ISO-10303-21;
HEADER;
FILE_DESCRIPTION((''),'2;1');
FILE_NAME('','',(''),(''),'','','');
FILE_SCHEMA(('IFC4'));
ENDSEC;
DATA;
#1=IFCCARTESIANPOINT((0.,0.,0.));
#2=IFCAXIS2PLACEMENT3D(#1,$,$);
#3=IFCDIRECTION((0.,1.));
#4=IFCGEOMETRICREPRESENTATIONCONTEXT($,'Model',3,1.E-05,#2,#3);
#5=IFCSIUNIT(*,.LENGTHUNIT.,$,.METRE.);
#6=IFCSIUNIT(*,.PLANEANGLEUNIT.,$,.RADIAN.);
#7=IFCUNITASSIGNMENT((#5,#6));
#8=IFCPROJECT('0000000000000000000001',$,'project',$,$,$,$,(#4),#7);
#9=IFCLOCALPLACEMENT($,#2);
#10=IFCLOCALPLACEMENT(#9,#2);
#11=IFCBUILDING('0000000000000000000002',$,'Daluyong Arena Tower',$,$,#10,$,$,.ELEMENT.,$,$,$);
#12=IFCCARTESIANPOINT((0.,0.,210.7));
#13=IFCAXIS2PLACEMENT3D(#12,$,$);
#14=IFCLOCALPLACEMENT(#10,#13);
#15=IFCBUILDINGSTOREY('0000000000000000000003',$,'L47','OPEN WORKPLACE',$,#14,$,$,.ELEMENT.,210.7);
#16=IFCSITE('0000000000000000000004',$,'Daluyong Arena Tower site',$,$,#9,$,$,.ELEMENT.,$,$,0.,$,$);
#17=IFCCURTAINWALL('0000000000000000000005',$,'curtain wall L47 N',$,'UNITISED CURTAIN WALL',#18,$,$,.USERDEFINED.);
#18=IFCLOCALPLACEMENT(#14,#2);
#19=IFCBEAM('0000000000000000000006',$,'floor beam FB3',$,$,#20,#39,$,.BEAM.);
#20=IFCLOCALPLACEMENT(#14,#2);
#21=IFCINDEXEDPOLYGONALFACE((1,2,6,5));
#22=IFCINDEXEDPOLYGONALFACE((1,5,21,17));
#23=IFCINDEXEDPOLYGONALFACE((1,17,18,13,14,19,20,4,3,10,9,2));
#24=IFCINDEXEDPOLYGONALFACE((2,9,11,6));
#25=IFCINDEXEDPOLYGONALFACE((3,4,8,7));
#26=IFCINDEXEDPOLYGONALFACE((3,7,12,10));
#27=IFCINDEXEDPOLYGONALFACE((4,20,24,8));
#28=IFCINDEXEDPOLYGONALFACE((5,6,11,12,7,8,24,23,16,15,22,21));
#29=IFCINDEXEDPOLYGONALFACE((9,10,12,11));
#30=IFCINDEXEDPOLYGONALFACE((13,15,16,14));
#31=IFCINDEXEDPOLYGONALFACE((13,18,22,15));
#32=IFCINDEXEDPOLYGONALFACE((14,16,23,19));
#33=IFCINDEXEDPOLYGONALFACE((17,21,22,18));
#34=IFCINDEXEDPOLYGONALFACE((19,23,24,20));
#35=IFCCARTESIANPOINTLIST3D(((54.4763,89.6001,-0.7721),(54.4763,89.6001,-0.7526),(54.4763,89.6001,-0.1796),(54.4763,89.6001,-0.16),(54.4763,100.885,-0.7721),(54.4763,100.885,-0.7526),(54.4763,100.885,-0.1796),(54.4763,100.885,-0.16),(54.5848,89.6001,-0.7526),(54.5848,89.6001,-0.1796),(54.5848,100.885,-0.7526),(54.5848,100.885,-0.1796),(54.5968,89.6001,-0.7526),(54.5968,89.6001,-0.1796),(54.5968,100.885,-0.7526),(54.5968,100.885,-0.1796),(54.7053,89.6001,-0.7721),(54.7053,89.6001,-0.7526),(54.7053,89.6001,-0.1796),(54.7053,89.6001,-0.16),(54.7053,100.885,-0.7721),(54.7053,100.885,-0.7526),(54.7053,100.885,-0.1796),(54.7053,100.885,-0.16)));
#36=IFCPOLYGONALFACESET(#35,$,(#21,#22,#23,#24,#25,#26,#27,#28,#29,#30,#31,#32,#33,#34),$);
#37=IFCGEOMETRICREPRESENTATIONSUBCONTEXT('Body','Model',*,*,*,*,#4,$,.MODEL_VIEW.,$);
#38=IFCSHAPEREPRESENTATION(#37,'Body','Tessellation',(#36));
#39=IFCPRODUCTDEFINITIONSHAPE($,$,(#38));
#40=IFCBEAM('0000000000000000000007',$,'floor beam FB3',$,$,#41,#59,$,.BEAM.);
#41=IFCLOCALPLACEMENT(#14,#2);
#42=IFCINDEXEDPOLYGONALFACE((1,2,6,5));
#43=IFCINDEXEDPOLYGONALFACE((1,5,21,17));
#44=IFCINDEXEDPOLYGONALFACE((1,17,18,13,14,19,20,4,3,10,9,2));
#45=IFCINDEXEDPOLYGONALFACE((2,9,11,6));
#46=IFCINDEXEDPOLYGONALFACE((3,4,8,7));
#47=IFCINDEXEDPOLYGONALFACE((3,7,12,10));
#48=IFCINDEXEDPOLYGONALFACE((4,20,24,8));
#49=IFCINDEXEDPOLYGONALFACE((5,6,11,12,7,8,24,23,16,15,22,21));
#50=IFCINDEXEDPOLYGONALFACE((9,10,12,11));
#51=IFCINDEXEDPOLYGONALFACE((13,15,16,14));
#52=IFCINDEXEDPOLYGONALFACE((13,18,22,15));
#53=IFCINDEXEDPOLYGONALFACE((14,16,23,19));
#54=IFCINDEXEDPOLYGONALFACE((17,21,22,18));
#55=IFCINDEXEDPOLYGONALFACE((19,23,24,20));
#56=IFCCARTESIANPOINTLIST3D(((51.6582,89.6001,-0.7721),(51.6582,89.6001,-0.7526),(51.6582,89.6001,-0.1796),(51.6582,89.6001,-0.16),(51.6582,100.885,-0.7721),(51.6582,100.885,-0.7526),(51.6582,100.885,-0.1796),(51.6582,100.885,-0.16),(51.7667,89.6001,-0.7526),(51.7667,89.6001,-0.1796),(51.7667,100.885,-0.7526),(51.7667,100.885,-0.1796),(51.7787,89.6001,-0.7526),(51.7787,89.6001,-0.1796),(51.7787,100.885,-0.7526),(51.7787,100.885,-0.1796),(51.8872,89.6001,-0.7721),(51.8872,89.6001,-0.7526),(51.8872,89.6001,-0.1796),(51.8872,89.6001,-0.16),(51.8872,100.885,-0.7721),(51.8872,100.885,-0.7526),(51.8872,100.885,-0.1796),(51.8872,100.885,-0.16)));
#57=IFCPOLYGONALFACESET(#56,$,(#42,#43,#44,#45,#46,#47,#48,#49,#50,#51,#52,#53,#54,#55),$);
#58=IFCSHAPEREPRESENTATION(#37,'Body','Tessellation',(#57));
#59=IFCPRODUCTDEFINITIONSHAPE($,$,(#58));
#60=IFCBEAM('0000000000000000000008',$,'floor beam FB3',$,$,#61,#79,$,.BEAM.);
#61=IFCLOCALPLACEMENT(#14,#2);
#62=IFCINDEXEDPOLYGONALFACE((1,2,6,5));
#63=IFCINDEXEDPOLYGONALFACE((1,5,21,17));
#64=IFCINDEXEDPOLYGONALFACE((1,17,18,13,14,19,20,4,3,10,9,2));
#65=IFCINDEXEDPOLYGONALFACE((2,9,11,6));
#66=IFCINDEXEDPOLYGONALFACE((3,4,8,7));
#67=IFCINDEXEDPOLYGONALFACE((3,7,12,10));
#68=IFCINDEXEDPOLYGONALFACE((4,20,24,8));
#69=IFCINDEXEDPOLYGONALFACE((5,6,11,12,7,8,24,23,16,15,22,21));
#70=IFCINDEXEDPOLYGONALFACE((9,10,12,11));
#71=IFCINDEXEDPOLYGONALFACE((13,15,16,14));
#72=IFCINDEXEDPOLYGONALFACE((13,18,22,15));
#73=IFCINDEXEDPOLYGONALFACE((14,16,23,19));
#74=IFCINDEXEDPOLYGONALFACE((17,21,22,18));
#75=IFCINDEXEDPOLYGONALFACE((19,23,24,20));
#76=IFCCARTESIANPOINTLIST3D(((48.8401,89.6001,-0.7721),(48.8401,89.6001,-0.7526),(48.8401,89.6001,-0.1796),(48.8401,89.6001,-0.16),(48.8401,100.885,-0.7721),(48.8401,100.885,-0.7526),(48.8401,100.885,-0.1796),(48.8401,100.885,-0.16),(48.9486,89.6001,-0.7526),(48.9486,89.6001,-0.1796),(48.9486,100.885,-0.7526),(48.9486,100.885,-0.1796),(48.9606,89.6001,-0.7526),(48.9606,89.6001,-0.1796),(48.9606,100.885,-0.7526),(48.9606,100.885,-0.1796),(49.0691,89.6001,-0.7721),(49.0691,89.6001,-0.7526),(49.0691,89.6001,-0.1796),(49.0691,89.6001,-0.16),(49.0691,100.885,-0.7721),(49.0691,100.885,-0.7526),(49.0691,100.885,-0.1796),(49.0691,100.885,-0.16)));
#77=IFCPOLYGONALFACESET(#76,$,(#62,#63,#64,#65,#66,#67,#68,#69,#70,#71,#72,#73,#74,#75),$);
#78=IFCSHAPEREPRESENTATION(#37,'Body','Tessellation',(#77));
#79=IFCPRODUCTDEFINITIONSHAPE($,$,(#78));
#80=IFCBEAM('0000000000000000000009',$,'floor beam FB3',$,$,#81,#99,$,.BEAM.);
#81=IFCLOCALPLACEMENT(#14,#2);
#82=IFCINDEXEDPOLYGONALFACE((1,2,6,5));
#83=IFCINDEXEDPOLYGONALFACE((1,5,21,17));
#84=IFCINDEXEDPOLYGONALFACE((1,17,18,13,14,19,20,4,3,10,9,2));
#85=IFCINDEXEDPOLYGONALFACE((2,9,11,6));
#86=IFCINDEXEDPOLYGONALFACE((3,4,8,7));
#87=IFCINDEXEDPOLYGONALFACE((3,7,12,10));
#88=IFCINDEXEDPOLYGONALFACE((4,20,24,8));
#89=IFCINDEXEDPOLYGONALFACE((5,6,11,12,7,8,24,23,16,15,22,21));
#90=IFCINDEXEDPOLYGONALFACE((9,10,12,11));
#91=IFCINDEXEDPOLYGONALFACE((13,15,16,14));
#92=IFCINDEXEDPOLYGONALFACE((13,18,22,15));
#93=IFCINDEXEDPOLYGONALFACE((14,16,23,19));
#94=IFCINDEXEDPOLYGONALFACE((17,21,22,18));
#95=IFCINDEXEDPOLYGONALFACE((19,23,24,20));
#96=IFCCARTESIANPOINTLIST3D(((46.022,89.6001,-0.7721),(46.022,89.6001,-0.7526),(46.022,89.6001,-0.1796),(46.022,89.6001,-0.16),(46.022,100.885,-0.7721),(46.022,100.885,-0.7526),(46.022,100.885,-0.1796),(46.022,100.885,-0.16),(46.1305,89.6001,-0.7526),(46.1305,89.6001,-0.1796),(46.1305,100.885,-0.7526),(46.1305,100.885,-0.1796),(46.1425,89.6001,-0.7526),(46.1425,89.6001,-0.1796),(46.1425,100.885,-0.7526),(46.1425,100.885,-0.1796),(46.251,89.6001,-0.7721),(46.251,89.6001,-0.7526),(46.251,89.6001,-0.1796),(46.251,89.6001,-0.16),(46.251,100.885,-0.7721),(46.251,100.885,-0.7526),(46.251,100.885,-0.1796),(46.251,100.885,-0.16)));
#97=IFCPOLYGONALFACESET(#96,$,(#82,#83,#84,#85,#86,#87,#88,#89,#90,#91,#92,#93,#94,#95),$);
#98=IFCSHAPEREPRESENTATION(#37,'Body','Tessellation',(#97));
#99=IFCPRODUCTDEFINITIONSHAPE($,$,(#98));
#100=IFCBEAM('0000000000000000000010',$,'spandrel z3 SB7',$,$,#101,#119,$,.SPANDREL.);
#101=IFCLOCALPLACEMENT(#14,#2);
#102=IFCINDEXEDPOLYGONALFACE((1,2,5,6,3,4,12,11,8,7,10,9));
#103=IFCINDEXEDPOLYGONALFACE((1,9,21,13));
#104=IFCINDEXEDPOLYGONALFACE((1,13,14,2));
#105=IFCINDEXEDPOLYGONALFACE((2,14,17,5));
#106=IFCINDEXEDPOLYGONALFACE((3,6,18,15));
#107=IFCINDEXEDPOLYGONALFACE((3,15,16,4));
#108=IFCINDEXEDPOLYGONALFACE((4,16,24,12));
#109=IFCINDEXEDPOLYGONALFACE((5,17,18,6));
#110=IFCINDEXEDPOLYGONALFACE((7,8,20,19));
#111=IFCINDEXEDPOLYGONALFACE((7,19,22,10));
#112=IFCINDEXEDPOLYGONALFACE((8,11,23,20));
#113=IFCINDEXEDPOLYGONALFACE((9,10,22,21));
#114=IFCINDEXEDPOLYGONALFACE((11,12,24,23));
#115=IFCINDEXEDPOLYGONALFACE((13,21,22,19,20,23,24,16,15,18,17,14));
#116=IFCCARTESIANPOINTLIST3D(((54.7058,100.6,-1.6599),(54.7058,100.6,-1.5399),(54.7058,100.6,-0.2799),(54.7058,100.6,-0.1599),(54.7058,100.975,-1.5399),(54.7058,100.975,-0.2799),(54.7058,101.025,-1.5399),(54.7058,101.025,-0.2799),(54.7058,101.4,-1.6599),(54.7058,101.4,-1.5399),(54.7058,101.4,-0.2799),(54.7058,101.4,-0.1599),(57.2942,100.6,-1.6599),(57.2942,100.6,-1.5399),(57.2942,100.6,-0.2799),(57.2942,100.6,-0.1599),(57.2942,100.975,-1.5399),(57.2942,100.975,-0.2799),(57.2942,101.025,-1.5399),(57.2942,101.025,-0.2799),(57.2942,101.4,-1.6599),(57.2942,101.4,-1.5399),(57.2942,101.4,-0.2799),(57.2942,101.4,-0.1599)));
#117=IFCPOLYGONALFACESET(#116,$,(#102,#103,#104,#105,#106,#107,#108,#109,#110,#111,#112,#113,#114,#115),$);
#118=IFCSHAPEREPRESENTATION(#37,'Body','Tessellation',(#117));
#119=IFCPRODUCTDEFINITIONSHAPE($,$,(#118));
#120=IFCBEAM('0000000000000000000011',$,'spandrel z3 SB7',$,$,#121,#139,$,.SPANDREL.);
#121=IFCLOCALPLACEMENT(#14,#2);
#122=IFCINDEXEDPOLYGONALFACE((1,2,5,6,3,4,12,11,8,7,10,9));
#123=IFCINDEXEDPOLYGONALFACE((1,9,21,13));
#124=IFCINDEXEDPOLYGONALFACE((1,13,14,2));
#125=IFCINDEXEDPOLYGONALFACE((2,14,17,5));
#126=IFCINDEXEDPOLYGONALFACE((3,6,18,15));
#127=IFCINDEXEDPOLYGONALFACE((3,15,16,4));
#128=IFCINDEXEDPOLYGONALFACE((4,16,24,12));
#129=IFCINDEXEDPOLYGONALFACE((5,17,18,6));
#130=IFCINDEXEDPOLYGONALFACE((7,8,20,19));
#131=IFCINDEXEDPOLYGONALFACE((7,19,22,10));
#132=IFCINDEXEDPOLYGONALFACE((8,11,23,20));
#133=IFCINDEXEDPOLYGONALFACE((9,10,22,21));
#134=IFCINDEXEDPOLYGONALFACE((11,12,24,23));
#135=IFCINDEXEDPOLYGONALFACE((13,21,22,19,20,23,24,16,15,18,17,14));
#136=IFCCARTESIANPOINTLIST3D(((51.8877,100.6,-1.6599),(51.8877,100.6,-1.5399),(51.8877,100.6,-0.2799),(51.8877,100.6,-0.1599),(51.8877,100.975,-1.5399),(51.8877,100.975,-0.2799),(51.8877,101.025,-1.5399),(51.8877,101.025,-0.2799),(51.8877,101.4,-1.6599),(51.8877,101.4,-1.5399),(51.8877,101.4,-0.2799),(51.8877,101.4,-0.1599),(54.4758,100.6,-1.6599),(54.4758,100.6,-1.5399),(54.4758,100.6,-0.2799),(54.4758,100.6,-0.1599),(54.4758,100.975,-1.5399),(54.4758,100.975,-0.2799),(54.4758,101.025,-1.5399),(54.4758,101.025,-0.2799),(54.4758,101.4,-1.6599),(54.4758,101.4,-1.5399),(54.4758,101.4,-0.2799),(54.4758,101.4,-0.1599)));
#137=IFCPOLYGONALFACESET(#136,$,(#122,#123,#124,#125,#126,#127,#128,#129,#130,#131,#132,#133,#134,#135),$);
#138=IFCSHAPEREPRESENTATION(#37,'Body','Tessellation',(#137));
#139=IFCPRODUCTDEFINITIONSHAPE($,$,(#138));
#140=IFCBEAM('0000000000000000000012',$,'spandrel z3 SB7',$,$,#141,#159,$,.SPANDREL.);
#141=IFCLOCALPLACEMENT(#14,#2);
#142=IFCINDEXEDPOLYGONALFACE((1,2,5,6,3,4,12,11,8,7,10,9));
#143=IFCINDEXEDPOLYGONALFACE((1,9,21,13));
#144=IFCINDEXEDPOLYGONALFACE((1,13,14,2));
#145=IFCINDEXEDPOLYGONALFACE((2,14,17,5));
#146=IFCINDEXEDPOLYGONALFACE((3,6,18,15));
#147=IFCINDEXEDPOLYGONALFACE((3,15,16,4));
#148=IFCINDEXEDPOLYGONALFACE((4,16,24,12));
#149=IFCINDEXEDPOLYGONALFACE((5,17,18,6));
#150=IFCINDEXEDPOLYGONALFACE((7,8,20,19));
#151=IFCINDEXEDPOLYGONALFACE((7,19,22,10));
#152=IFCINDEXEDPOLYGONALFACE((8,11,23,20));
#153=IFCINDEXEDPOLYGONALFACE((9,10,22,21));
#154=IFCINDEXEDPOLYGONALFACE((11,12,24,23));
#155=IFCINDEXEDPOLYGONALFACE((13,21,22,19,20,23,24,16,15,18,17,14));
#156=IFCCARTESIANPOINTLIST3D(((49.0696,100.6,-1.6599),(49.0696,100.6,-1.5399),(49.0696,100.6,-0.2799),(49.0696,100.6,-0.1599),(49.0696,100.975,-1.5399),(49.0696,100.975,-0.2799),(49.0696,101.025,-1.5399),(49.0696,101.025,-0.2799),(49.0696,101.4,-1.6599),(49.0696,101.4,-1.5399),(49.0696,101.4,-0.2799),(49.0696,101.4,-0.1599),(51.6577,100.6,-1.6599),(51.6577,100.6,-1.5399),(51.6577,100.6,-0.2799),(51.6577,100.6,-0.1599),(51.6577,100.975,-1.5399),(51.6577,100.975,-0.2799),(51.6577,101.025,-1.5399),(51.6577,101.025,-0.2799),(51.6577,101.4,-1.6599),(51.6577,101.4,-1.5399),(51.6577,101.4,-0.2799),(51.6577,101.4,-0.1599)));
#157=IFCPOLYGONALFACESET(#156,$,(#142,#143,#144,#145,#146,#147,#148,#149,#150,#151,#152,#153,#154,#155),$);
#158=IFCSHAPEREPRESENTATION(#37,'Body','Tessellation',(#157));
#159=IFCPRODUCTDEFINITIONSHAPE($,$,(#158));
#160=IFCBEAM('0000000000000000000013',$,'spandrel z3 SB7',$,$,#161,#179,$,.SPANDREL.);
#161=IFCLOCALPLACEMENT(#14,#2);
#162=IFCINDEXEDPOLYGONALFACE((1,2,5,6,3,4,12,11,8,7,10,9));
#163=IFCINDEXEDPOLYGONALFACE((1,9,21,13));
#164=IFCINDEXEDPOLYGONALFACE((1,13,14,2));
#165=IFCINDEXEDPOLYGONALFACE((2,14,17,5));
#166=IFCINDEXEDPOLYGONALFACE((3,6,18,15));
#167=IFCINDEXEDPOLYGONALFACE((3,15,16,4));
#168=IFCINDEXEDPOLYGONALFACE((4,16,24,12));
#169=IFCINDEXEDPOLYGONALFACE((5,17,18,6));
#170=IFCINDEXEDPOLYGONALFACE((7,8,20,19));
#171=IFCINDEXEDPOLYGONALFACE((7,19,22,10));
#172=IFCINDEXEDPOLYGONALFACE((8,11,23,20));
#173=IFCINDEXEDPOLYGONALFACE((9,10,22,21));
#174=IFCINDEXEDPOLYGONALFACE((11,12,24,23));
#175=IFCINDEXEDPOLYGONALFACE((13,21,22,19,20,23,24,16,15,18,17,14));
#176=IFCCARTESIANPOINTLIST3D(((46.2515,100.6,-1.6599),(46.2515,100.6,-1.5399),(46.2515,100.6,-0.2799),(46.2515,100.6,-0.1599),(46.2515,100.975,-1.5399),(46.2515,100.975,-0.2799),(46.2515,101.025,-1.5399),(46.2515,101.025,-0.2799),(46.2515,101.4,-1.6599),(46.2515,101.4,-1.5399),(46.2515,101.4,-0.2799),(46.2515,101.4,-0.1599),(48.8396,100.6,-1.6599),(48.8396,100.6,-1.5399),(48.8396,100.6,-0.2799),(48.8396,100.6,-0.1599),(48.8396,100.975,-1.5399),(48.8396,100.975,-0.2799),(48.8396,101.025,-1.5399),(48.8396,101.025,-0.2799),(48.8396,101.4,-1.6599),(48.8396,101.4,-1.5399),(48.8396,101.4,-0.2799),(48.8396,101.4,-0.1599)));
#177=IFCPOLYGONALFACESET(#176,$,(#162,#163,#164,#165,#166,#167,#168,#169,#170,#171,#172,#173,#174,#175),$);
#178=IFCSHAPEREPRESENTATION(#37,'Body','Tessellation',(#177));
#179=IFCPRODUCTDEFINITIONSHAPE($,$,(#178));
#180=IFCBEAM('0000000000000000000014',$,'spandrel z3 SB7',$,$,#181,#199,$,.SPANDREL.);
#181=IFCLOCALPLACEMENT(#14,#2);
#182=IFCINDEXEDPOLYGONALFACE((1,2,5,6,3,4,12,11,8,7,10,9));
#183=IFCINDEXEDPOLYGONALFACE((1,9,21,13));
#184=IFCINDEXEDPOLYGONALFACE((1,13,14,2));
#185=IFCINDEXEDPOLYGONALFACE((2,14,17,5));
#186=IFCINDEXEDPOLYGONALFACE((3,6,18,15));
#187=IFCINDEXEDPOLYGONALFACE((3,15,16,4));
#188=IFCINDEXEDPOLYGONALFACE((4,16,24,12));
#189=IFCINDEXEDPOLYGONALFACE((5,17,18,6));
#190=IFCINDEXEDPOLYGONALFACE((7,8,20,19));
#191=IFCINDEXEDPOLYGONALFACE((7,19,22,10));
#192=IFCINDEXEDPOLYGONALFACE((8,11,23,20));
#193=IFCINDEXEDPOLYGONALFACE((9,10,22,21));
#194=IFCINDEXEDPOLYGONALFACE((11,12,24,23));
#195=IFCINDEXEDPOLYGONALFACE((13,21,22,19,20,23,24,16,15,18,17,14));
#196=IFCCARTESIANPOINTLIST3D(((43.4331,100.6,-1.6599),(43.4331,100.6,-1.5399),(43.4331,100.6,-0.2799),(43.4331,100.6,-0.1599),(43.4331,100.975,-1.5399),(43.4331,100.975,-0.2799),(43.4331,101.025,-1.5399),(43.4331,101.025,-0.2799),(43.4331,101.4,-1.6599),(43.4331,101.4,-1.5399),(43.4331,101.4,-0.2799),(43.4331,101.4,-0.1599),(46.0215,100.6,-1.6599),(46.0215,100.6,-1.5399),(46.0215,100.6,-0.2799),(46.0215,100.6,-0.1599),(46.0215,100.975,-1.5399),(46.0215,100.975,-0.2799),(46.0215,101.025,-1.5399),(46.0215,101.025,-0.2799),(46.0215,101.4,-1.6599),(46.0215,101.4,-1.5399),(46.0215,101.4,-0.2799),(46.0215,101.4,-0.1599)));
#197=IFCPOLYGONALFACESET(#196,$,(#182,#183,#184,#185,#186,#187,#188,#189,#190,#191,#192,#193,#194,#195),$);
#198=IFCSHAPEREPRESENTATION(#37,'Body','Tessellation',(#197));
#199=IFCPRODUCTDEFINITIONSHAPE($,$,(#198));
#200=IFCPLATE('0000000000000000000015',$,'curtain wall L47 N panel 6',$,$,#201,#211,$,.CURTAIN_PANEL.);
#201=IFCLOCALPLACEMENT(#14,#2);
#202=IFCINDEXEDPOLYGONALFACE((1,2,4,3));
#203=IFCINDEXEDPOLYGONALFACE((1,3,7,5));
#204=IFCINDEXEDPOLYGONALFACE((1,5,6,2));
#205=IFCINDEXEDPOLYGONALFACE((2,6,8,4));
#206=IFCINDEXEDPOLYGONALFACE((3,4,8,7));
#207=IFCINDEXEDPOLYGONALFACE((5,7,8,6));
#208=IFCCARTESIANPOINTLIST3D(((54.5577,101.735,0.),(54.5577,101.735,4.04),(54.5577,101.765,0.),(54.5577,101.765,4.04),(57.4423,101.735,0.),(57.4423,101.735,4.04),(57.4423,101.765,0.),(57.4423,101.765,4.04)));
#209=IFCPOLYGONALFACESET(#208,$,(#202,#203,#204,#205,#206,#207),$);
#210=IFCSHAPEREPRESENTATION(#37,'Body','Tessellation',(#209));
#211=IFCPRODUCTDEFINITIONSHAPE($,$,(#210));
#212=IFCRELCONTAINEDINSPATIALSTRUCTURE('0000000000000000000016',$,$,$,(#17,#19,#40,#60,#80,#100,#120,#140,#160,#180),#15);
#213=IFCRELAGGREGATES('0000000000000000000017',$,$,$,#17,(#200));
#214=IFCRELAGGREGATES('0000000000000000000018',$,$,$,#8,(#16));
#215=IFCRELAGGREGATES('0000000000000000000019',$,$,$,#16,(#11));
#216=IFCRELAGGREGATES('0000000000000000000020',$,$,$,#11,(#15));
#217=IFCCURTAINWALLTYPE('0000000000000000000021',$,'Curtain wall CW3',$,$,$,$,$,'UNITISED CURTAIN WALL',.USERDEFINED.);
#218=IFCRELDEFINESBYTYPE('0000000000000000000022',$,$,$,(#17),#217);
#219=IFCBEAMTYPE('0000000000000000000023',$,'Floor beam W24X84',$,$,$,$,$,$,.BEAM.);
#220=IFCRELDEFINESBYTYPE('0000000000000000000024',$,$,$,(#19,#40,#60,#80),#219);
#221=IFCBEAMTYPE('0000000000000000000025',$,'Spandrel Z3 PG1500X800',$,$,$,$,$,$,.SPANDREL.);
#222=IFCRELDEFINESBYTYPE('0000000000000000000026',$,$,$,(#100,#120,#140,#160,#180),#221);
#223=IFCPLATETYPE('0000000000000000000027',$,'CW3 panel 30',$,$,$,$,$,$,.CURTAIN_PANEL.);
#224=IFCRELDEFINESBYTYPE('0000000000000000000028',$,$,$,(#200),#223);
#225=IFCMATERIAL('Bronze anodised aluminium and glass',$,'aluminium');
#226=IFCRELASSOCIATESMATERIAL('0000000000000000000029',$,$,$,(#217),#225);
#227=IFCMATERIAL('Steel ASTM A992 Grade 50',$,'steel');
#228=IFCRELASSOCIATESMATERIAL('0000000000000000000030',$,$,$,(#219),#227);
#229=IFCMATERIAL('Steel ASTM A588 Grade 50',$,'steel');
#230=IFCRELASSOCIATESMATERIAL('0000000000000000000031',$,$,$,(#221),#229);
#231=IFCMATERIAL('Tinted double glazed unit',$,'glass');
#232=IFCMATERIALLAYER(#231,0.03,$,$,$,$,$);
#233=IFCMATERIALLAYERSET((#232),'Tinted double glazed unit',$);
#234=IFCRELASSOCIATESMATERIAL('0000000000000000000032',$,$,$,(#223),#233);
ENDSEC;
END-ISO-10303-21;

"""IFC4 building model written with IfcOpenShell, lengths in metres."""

from ifc_helpers import new_model, si_unit, direction, frame, origin, origin_2d, place, context, subcontext, project, spatial, rectangle, i_section, extrude, material, layer, layer_set, material_profile, profile_set, type_object, element, aggregate, save


model = new_model("IFC4")

# Units and contexts
model_context = context("Model", 3, precision=1e-05, world=origin(), true_north=direction((0.0, 1.0)))
body_context = subcontext(model_context, "Body", "Model", "MODEL_VIEW")
ifc_project = project(units=[si_unit("LENGTHUNIT", "METRE"), si_unit("PLANEANGLEUNIT", "RADIAN")], contexts=[model_context])

# Site, building, storey
site_placement = place(None, origin())
site = spatial("IfcSite", under=ifc_project, at=site_placement, Name="Daluyong Arena Tower site", CompositionType="ELEMENT", RefElevation=0.0)
building_placement = place(site_placement, origin())
building = spatial("IfcBuilding", under=site, at=building_placement, Name="Daluyong Arena Tower", CompositionType="ELEMENT")
storey_placement = place(building_placement, frame((0.0, 0.0, 210.7)))
storey = spatial("IfcBuildingStorey", under=building, at=storey_placement, Name="L47", Description="OPEN WORKPLACE", CompositionType="ELEMENT", Elevation=210.7)

# Curtain wall
ifc_material_1 = material(Name="Bronze anodised aluminium and glass", Category="aluminium")
curtain_wall_type = type_object("IfcCurtainWallType", Name="Curtain wall CW3", ElementType="UNITISED CURTAIN WALL", PredefinedType="USERDEFINED", material=ifc_material_1)
curtain_wall_placement = place(storey_placement, origin())
curtain_wall = element("IfcCurtainWall", 1, at=curtain_wall_placement, inside=storey, type_object=curtain_wall_type, Name="curtain wall L47 N", ObjectType="UNITISED CURTAIN WALL", PredefinedType="USERDEFINED")

# Beams
ifc_material_2 = material(Name="Steel ASTM A992 Grade 50", Category="steel")
ifc_material_profile_1 = material_profile(ifc_material_2, i_section(OverallWidth=0.229, OverallDepth=0.6121, WebThickness=0.012, FlangeThickness=0.0195, at=origin_2d()))
ifc_profile_set_1 = profile_set([ifc_material_profile_1], Name="Steel ASTM A992 Grade 50")
beam_type_1 = type_object("IfcBeamType", Name="Floor beam W24X84", PredefinedType="BEAM", material=ifc_profile_set_1)
for number, where, z_axis, x_axis, name in (
    (2, (54.5908, 100.885, -0.4661), (0.0, -1.0, 0.0), (1.0, 0.0, 0.0), "floor beam FB3"),
    (3, (51.7727, 100.885, -0.4661), (0.0, -1.0, 0.0), (1.0, 0.0, 0.0), "floor beam FB3"),
    (4, (48.9546, 100.885, -0.4661), (0.0, -1.0, 0.0), (1.0, 0.0, 0.0), "floor beam FB3"),
    (5, (46.1365, 100.885, -0.4661), (0.0, -1.0, 0.0), (1.0, 0.0, 0.0), "floor beam FB3"),
):
    element("IfcBeam", number, at=place(storey_placement, frame(where, z_axis=z_axis, x_axis=x_axis)), inside=storey, type_object=beam_type_1, Name=name, PredefinedType="BEAM", context=body_context, shape_type="SweptSolid", body=[
        extrude(i_section(OverallWidth=0.229, OverallDepth=0.6121, WebThickness=0.012, FlangeThickness=0.0195, at=origin_2d()), origin(), (0.0, 0.0, 1.0), 11.2849),
    ])
ifc_material_3 = material(Name="Steel ASTM A588 Grade 50", Category="steel")
ifc_material_profile_2 = material_profile(ifc_material_3, i_section(OverallWidth=0.8, OverallDepth=1.5, WebThickness=0.05, FlangeThickness=0.12, at=origin_2d()))
ifc_profile_set_2 = profile_set([ifc_material_profile_2], Name="Steel ASTM A588 Grade 50")
beam_type_2 = type_object("IfcBeamType", Name="Spandrel Z3 PG1500X800", PredefinedType="SPANDREL", material=ifc_profile_set_2)
beam_1_placement = place(storey_placement, frame((57.2942, 101.0, -0.9099), z_axis=(-1.0, 0.0, 0.0), x_axis=(0.0, -1.0, 0.0)))
element("IfcBeam", 6, at=beam_1_placement, inside=storey, type_object=beam_type_2, Name="spandrel z3 SB7", PredefinedType="SPANDREL", context=body_context, shape_type="SweptSolid", body=[
    extrude(i_section(OverallWidth=0.8, OverallDepth=1.5, WebThickness=0.05, FlangeThickness=0.12, at=origin_2d()), origin(), (0.0, 0.0, 1.0), 2.5884),
])
for number, where, z_axis, x_axis, name in (
    (7, (54.4758, 101.0, -0.9099), (-1.0, 0.0, 0.0), (0.0, -1.0, 0.0), "spandrel z3 SB7"),
    (8, (51.6577, 101.0, -0.9099), (-1.0, 0.0, 0.0), (0.0, -1.0, 0.0), "spandrel z3 SB7"),
    (9, (48.8396, 101.0, -0.9099), (-1.0, 0.0, 0.0), (0.0, -1.0, 0.0), "spandrel z3 SB7"),
):
    element("IfcBeam", number, at=place(storey_placement, frame(where, z_axis=z_axis, x_axis=x_axis)), inside=storey, type_object=beam_type_2, Name=name, PredefinedType="SPANDREL", context=body_context, shape_type="SweptSolid", body=[
        extrude(i_section(OverallWidth=0.8, OverallDepth=1.5, WebThickness=0.05, FlangeThickness=0.12, at=origin_2d()), origin(), (0.0, 0.0, 1.0), 2.5881),
    ])
beam_2_placement = place(storey_placement, frame((46.0215, 101.0, -0.9099), z_axis=(-1.0, 0.0, 0.0), x_axis=(0.0, -1.0, 0.0)))
element("IfcBeam", 10, at=beam_2_placement, inside=storey, type_object=beam_type_2, Name="spandrel z3 SB7", PredefinedType="SPANDREL", context=body_context, shape_type="SweptSolid", body=[
    extrude(i_section(OverallWidth=0.8, OverallDepth=1.5, WebThickness=0.05, FlangeThickness=0.12, at=origin_2d()), origin(), (0.0, 0.0, 1.0), 2.5884),
])

# Plate
ifc_material_4 = material(Name="Tinted double glazed unit", Category="glass")
ifc_layer_1 = layer(ifc_material_4, 0.03)
ifc_layer_set_1 = layer_set([ifc_layer_1], Name="Tinted double glazed unit")
plate_type = type_object("IfcPlateType", Name="CW3 panel 30", PredefinedType="CURTAIN_PANEL", material=ifc_layer_set_1)
plate_1_placement = place(storey_placement, frame((56.0, 101.75, 0.0), z_axis=(0.0, 0.0, 1.0), x_axis=(-1.0, 0.0, 0.0)))
plate_1 = element("IfcPlate", 11, at=plate_1_placement, type_object=plate_type, Name="curtain wall L47 N panel 6", PredefinedType="CURTAIN_PANEL", context=body_context, shape_type="SweptSolid", body=[
    extrude(rectangle(XDim=2.8845, YDim=0.03, at=origin_2d()), origin(), (0.0, 0.0, 1.0), 4.04),
])
aggregate(curtain_wall, [plate_1])

save(model, "model.ifc")
